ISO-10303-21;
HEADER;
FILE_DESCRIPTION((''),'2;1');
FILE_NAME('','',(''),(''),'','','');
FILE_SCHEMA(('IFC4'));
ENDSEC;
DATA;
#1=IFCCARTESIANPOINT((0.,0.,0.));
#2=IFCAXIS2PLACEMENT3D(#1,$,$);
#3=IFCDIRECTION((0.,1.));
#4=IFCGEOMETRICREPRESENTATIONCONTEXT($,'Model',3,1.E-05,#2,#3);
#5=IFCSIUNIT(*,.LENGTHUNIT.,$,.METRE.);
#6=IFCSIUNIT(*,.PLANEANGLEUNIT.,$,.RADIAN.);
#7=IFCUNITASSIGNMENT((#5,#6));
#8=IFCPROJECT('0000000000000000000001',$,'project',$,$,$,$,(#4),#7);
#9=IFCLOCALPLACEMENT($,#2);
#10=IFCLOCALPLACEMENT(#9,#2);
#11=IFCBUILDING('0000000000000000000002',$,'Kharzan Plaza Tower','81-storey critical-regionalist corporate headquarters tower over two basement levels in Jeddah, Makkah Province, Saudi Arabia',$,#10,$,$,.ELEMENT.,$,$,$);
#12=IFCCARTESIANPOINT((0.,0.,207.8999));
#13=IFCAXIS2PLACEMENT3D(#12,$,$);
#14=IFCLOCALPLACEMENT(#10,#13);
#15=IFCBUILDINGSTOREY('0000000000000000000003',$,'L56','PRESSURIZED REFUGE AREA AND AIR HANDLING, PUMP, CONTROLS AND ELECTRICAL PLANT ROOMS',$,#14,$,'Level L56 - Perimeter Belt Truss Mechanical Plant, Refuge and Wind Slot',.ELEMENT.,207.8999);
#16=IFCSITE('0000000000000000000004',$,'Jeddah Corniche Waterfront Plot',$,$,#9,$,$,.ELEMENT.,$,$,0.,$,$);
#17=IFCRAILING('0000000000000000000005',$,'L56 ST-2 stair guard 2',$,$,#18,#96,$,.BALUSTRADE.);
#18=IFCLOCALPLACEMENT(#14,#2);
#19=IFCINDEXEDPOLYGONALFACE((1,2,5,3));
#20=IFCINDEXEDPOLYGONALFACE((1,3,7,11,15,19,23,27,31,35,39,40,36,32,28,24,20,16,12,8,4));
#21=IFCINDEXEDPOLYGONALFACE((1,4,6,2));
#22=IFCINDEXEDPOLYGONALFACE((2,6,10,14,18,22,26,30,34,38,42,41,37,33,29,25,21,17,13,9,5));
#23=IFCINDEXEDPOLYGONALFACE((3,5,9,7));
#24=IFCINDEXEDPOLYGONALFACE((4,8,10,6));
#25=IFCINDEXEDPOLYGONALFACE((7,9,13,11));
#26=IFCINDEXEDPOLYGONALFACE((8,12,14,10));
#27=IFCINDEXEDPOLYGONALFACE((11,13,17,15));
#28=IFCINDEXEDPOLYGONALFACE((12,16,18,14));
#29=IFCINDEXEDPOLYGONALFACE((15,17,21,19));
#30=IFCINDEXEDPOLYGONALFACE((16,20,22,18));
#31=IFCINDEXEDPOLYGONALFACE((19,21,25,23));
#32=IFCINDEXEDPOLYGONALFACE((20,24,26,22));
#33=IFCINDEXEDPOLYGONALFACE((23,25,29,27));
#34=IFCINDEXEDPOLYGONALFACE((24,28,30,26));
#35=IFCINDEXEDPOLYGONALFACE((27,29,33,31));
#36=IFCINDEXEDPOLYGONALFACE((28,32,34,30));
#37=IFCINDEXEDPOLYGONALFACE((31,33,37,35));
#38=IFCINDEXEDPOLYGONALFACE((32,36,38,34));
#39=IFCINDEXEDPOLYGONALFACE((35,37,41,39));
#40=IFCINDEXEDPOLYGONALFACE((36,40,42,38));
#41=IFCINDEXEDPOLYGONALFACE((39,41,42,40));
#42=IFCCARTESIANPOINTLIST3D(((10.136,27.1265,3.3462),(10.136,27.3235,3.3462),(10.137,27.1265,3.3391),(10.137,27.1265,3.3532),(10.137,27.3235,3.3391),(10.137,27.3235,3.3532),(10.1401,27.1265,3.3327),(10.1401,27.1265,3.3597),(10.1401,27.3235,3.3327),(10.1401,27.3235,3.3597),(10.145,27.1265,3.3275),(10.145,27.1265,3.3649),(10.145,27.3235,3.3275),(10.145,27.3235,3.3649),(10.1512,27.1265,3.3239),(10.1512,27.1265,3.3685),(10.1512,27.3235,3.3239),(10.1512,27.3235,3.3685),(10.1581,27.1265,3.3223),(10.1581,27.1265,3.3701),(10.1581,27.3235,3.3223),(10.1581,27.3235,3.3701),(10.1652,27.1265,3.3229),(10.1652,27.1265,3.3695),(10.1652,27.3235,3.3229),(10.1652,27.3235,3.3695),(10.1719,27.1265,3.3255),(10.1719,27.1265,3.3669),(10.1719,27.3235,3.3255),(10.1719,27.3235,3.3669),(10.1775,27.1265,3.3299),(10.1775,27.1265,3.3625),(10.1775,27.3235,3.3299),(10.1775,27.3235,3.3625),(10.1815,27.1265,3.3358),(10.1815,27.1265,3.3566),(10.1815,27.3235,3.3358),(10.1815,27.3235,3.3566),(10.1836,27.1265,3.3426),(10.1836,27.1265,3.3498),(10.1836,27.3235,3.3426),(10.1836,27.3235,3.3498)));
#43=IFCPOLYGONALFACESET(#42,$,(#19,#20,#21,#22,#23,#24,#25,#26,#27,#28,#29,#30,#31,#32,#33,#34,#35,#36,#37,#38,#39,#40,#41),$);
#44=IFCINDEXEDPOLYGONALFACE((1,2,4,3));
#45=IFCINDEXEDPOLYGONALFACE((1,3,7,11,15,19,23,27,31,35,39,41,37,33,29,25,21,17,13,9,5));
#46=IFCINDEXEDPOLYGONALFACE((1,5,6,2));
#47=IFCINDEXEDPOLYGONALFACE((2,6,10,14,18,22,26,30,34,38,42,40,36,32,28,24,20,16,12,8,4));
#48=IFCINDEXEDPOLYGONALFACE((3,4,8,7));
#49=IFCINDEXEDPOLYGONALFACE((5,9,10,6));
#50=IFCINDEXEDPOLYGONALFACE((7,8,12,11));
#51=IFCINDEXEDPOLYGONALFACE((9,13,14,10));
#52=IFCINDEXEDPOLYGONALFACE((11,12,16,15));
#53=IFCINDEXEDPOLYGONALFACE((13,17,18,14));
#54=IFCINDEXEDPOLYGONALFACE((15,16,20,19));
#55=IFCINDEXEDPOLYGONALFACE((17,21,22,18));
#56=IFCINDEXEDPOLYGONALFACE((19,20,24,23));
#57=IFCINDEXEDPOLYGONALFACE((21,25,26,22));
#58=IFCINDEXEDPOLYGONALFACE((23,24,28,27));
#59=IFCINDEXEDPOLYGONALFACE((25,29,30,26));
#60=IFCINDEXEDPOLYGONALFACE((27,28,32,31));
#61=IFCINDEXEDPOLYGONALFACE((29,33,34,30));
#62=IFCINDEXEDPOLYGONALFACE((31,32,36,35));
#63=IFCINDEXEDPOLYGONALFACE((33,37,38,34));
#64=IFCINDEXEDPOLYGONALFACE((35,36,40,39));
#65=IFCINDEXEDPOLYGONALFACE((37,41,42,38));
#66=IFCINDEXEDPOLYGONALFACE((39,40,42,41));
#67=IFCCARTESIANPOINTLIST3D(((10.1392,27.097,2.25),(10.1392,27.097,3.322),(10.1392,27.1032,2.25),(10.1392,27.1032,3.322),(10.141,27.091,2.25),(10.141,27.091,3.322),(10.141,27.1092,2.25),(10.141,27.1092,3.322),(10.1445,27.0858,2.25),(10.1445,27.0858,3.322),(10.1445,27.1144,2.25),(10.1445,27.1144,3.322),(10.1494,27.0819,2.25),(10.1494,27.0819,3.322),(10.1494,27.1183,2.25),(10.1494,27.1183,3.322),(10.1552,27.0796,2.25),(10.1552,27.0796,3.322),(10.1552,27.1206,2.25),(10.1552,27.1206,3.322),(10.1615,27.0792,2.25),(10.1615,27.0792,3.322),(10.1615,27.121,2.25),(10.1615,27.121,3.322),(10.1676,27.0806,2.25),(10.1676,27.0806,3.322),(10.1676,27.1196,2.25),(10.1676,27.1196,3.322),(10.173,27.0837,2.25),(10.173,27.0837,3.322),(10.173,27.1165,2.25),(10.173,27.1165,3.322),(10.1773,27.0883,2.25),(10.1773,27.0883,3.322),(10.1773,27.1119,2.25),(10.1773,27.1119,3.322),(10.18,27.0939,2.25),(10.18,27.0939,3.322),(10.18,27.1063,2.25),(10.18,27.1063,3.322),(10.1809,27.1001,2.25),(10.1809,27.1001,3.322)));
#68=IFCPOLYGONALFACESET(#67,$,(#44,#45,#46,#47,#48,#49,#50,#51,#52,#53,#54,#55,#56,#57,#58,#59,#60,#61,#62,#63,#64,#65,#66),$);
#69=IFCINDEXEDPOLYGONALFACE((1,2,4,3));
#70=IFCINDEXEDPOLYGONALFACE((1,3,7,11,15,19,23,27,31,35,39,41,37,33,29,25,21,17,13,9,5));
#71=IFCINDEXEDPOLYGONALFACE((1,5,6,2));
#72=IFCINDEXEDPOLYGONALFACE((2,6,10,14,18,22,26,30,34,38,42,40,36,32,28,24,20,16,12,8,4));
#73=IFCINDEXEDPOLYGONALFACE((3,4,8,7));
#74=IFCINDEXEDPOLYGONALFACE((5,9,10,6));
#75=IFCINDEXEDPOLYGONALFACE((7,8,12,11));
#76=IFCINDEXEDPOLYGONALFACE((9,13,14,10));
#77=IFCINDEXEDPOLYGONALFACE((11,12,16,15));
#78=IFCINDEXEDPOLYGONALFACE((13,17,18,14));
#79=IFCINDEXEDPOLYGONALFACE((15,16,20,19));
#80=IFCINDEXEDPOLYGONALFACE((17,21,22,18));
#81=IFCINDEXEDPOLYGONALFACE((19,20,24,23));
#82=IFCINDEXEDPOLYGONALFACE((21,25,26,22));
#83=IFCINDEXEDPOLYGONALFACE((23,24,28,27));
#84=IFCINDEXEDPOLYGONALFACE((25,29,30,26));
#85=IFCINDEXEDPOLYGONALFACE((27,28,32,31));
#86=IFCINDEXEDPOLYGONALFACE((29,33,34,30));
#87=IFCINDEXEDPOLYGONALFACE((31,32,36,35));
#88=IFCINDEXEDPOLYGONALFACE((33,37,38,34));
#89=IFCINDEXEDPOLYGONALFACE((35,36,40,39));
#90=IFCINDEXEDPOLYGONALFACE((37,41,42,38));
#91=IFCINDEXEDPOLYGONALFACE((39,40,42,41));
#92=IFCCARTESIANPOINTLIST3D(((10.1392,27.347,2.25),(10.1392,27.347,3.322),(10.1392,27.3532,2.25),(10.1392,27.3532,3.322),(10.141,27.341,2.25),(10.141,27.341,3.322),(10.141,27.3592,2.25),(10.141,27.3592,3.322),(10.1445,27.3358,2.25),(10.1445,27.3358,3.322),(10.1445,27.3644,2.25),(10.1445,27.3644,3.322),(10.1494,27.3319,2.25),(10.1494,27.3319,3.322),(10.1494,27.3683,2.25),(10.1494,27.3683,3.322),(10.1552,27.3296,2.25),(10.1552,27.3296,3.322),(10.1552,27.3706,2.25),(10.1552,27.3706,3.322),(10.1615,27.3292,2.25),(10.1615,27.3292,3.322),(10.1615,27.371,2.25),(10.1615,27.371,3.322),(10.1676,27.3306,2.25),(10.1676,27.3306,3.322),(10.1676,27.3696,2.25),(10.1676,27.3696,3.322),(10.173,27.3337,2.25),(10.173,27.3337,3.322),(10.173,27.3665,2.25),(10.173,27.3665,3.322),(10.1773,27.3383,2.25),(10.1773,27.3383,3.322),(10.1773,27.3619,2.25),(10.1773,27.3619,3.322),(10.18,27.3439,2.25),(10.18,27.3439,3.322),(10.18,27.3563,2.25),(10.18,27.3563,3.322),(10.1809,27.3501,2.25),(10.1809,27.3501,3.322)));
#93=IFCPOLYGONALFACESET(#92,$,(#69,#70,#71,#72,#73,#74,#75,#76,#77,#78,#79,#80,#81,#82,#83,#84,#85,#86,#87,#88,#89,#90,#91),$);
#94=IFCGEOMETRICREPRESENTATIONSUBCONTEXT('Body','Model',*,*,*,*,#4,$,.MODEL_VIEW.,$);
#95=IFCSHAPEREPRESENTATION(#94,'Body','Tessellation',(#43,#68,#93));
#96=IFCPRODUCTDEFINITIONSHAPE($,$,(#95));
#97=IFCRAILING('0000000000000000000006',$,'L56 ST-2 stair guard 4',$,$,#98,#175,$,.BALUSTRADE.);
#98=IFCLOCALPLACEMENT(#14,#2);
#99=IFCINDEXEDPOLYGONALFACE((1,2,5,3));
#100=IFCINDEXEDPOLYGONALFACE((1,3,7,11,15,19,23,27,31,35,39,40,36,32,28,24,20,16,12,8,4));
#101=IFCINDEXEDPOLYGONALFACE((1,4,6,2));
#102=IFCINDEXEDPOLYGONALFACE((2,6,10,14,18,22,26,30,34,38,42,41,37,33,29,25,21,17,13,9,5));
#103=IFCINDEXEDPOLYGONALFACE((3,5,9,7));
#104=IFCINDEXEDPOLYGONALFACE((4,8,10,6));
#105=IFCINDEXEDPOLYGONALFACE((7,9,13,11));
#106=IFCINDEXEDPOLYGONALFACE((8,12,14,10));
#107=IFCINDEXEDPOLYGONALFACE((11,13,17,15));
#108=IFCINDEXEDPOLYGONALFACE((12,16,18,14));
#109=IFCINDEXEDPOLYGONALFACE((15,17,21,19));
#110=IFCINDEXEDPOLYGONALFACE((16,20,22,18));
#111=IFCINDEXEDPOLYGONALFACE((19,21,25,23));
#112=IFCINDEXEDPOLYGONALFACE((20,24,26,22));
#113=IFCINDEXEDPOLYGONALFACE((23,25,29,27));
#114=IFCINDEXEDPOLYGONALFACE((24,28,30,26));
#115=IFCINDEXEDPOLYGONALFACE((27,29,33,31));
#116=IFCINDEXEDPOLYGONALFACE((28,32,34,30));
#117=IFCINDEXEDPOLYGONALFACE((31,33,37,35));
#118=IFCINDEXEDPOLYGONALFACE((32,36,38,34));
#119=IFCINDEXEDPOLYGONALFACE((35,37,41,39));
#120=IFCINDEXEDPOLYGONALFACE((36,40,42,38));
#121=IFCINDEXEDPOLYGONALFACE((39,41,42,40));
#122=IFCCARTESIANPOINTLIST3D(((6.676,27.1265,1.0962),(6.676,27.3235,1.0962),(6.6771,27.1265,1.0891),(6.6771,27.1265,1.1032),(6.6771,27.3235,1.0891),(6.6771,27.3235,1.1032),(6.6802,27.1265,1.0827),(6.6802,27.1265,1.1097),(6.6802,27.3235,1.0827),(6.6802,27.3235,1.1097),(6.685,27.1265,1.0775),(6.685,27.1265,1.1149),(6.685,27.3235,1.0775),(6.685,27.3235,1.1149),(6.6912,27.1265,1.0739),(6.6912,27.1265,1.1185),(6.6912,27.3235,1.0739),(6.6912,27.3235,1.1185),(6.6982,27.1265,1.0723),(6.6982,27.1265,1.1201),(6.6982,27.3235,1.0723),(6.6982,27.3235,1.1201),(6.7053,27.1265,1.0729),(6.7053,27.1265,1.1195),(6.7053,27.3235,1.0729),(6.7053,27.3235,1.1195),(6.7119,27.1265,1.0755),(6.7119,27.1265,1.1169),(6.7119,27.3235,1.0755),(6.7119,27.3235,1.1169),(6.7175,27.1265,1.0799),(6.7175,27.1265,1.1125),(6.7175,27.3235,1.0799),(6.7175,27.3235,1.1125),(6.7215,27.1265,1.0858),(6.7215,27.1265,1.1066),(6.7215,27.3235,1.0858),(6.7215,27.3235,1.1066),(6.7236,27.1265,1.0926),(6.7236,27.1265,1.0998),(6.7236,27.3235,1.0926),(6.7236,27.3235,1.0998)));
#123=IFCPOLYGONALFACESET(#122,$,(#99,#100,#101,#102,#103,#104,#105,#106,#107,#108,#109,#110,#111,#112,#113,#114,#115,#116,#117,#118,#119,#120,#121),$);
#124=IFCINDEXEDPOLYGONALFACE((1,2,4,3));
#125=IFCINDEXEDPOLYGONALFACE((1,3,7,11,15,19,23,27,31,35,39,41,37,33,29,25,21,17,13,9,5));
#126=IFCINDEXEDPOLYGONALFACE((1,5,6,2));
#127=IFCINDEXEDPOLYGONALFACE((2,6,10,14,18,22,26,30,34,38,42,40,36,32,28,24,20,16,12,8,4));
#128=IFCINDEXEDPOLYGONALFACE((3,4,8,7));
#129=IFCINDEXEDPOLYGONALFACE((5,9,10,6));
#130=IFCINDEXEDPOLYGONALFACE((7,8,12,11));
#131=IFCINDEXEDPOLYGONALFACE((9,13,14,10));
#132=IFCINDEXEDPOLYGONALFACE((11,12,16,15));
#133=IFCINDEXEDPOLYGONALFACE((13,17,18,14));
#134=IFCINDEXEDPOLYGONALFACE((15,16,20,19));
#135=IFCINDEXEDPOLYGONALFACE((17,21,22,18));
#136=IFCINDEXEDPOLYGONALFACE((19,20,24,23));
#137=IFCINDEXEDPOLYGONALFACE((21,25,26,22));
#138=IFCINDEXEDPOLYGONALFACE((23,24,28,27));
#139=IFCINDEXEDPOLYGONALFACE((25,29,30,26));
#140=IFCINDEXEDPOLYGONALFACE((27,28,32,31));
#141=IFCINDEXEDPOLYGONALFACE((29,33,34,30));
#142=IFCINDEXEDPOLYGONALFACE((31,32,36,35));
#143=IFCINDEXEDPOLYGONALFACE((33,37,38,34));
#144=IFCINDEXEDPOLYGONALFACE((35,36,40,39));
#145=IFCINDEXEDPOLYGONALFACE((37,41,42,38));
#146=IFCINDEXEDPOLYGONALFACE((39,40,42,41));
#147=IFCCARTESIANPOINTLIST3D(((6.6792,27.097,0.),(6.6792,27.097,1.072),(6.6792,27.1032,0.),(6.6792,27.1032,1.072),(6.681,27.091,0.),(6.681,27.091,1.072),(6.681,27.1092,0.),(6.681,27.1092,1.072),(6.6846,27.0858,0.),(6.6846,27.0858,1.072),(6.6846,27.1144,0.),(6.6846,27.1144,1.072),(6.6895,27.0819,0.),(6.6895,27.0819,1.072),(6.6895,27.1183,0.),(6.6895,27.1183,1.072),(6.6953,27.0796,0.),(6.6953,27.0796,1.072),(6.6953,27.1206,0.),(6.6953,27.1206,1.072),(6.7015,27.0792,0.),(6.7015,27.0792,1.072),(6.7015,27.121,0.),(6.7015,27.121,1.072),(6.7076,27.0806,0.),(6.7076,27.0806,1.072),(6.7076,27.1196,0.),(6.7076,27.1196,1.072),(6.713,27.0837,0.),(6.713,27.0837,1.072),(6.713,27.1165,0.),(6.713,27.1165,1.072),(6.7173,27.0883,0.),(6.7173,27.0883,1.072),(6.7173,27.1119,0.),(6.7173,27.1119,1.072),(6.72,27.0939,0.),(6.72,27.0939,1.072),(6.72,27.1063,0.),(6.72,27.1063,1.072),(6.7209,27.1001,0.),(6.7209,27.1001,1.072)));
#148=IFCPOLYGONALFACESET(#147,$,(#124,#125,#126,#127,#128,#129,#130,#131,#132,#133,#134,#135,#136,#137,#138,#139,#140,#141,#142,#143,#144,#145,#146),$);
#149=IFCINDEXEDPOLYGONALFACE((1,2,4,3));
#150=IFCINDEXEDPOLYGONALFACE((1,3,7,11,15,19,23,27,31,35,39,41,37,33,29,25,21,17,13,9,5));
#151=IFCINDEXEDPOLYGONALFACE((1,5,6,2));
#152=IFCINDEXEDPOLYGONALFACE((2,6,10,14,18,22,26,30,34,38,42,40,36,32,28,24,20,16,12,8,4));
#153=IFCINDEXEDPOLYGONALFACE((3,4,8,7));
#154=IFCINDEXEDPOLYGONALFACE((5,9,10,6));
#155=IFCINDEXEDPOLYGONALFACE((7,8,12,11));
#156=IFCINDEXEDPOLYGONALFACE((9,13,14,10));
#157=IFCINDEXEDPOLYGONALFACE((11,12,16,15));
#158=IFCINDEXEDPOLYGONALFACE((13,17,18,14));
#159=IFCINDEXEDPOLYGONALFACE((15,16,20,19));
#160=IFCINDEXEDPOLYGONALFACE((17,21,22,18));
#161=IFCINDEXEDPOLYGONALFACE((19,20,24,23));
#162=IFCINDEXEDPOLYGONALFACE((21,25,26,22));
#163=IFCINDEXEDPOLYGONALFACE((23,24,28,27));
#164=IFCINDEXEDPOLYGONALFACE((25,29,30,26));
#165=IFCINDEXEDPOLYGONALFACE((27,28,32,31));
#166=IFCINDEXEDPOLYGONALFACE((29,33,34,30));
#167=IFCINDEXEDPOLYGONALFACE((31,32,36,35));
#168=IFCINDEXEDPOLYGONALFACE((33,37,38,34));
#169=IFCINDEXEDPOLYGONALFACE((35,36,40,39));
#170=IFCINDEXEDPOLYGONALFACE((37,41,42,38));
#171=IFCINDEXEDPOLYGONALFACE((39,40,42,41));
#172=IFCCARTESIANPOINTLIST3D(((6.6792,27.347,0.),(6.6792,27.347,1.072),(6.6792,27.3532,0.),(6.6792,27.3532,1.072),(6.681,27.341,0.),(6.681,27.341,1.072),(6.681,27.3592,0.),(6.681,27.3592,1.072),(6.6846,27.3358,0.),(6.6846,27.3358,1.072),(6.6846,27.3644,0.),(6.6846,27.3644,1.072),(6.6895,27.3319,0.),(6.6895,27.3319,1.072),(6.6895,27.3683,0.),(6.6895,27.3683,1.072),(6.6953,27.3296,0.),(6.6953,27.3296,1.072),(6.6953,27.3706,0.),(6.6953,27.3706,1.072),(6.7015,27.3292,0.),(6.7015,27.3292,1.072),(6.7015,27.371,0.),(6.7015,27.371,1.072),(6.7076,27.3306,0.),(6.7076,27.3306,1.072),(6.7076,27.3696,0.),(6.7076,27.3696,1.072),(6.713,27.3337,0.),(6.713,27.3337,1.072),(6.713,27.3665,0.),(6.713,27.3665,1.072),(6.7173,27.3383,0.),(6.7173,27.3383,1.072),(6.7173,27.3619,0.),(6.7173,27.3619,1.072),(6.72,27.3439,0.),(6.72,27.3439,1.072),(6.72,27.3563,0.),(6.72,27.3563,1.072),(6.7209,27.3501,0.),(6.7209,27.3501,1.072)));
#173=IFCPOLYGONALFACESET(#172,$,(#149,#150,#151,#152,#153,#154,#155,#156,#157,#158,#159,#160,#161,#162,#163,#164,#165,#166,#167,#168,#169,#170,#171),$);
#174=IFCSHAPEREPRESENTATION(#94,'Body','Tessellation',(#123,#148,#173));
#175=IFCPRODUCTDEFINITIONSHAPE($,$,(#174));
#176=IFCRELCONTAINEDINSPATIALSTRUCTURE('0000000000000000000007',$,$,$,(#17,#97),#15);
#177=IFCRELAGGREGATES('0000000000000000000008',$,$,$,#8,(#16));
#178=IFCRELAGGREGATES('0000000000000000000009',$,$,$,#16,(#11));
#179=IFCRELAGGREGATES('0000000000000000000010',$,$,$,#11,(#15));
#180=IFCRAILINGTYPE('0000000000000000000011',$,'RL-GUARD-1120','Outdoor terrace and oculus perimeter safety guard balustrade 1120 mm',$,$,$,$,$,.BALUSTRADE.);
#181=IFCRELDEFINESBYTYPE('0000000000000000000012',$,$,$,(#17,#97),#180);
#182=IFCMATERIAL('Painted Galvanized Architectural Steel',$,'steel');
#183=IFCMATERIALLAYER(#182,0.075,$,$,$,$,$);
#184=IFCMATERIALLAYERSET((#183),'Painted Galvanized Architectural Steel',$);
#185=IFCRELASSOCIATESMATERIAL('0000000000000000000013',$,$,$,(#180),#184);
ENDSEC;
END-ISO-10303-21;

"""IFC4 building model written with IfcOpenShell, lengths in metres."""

from ifc_helpers import new_model, si_unit, direction, frame, origin, origin_2d, place, context, subcontext, project, spatial, circle, extrude, source, transform, mapped, material, layer, layer_set, type_object, element, save


model = new_model("IFC4")

# Units and contexts
model_context = context("Model", 3, precision=1e-05, world=origin(), true_north=direction((0.0, 1.0)))
body_context = subcontext(model_context, "Body", "Model", "MODEL_VIEW")
ifc_project = project(units=[si_unit("LENGTHUNIT", "METRE"), si_unit("PLANEANGLEUNIT", "RADIAN")], contexts=[model_context])

# Site, building, storey
site_placement = place(None, origin())
site = spatial("IfcSite", under=ifc_project, at=site_placement, Name="Jeddah Corniche Waterfront Plot", CompositionType="ELEMENT", RefElevation=0.0)
building_placement = place(site_placement, origin())
building = spatial("IfcBuilding", under=site, at=building_placement, Name="Kharzan Plaza Tower", Description="81-storey critical-regionalist corporate headquarters tower over two basement levels in Jeddah, Makkah Province, Saudi Arabia", CompositionType="ELEMENT")
storey_placement = place(building_placement, frame((0.0, 0.0, 207.8999)))
storey = spatial("IfcBuildingStorey", under=building, at=storey_placement, Name="L56", Description="PRESSURIZED REFUGE AREA AND AIR HANDLING, PUMP, CONTROLS AND ELECTRICAL PLANT ROOMS", LongName="Level L56 - Perimeter Belt Truss Mechanical Plant, Refuge and Wind Slot", CompositionType="ELEMENT", Elevation=207.8999)

# Railings
ifc_material_1 = material(Name="Painted Galvanized Architectural Steel", Category="steel")
ifc_layer_1 = layer(ifc_material_1, 0.075)
ifc_layer_set_1 = layer_set([ifc_layer_1], Name="Painted Galvanized Architectural Steel")
railing_type_1 = type_object("IfcRailingType", Name="RL-GUARD-1120", Description="Outdoor terrace and oculus perimeter safety guard balustrade 1120 mm", PredefinedType="BALUSTRADE", material=ifc_layer_set_1)
shared_shape_1 = source(origin(), body_context, "Body", "SweptSolid", [
    extrude(circle(Radius=0.0239, at=origin_2d()), frame((0.0, 0.0264, 1.0962), z_axis=(0.0, 1.0, 0.0), x_axis=(-1.0, 0.0, 0.0)), (0.0, 0.0, 1.0), 0.197),
    extrude(circle(Radius=0.021, at=origin_2d()), origin(), (0.0, 0.0, 1.0), 1.072),
    extrude(circle(Radius=0.021, at=origin_2d()), frame((0.0, 0.25, 0.0)), (0.0, 0.0, 1.0), 1.072),
])
for number, where, name in (
    (1, (10.1599, 27.1001, 2.25), "L56 ST-2 stair guard 2"),
    (2, (6.7, 27.1001, 0.0), "L56 ST-2 stair guard 4"),
):
    element("IfcRailing", number, at=place(storey_placement, frame(where)), inside=storey, type_object=railing_type_1, Name=name, PredefinedType="BALUSTRADE", context=body_context, shape_type="MappedRepresentation", body=[
        mapped(shared_shape_1, transform((0.0, 0.0, 0.0), x_axis=(1.0, 0.0, 0.0), y_axis=(0.0, 1.0, 0.0), z_axis=(0.0, 0.0, 1.0))),
    ])

save(model, "model.ifc")
